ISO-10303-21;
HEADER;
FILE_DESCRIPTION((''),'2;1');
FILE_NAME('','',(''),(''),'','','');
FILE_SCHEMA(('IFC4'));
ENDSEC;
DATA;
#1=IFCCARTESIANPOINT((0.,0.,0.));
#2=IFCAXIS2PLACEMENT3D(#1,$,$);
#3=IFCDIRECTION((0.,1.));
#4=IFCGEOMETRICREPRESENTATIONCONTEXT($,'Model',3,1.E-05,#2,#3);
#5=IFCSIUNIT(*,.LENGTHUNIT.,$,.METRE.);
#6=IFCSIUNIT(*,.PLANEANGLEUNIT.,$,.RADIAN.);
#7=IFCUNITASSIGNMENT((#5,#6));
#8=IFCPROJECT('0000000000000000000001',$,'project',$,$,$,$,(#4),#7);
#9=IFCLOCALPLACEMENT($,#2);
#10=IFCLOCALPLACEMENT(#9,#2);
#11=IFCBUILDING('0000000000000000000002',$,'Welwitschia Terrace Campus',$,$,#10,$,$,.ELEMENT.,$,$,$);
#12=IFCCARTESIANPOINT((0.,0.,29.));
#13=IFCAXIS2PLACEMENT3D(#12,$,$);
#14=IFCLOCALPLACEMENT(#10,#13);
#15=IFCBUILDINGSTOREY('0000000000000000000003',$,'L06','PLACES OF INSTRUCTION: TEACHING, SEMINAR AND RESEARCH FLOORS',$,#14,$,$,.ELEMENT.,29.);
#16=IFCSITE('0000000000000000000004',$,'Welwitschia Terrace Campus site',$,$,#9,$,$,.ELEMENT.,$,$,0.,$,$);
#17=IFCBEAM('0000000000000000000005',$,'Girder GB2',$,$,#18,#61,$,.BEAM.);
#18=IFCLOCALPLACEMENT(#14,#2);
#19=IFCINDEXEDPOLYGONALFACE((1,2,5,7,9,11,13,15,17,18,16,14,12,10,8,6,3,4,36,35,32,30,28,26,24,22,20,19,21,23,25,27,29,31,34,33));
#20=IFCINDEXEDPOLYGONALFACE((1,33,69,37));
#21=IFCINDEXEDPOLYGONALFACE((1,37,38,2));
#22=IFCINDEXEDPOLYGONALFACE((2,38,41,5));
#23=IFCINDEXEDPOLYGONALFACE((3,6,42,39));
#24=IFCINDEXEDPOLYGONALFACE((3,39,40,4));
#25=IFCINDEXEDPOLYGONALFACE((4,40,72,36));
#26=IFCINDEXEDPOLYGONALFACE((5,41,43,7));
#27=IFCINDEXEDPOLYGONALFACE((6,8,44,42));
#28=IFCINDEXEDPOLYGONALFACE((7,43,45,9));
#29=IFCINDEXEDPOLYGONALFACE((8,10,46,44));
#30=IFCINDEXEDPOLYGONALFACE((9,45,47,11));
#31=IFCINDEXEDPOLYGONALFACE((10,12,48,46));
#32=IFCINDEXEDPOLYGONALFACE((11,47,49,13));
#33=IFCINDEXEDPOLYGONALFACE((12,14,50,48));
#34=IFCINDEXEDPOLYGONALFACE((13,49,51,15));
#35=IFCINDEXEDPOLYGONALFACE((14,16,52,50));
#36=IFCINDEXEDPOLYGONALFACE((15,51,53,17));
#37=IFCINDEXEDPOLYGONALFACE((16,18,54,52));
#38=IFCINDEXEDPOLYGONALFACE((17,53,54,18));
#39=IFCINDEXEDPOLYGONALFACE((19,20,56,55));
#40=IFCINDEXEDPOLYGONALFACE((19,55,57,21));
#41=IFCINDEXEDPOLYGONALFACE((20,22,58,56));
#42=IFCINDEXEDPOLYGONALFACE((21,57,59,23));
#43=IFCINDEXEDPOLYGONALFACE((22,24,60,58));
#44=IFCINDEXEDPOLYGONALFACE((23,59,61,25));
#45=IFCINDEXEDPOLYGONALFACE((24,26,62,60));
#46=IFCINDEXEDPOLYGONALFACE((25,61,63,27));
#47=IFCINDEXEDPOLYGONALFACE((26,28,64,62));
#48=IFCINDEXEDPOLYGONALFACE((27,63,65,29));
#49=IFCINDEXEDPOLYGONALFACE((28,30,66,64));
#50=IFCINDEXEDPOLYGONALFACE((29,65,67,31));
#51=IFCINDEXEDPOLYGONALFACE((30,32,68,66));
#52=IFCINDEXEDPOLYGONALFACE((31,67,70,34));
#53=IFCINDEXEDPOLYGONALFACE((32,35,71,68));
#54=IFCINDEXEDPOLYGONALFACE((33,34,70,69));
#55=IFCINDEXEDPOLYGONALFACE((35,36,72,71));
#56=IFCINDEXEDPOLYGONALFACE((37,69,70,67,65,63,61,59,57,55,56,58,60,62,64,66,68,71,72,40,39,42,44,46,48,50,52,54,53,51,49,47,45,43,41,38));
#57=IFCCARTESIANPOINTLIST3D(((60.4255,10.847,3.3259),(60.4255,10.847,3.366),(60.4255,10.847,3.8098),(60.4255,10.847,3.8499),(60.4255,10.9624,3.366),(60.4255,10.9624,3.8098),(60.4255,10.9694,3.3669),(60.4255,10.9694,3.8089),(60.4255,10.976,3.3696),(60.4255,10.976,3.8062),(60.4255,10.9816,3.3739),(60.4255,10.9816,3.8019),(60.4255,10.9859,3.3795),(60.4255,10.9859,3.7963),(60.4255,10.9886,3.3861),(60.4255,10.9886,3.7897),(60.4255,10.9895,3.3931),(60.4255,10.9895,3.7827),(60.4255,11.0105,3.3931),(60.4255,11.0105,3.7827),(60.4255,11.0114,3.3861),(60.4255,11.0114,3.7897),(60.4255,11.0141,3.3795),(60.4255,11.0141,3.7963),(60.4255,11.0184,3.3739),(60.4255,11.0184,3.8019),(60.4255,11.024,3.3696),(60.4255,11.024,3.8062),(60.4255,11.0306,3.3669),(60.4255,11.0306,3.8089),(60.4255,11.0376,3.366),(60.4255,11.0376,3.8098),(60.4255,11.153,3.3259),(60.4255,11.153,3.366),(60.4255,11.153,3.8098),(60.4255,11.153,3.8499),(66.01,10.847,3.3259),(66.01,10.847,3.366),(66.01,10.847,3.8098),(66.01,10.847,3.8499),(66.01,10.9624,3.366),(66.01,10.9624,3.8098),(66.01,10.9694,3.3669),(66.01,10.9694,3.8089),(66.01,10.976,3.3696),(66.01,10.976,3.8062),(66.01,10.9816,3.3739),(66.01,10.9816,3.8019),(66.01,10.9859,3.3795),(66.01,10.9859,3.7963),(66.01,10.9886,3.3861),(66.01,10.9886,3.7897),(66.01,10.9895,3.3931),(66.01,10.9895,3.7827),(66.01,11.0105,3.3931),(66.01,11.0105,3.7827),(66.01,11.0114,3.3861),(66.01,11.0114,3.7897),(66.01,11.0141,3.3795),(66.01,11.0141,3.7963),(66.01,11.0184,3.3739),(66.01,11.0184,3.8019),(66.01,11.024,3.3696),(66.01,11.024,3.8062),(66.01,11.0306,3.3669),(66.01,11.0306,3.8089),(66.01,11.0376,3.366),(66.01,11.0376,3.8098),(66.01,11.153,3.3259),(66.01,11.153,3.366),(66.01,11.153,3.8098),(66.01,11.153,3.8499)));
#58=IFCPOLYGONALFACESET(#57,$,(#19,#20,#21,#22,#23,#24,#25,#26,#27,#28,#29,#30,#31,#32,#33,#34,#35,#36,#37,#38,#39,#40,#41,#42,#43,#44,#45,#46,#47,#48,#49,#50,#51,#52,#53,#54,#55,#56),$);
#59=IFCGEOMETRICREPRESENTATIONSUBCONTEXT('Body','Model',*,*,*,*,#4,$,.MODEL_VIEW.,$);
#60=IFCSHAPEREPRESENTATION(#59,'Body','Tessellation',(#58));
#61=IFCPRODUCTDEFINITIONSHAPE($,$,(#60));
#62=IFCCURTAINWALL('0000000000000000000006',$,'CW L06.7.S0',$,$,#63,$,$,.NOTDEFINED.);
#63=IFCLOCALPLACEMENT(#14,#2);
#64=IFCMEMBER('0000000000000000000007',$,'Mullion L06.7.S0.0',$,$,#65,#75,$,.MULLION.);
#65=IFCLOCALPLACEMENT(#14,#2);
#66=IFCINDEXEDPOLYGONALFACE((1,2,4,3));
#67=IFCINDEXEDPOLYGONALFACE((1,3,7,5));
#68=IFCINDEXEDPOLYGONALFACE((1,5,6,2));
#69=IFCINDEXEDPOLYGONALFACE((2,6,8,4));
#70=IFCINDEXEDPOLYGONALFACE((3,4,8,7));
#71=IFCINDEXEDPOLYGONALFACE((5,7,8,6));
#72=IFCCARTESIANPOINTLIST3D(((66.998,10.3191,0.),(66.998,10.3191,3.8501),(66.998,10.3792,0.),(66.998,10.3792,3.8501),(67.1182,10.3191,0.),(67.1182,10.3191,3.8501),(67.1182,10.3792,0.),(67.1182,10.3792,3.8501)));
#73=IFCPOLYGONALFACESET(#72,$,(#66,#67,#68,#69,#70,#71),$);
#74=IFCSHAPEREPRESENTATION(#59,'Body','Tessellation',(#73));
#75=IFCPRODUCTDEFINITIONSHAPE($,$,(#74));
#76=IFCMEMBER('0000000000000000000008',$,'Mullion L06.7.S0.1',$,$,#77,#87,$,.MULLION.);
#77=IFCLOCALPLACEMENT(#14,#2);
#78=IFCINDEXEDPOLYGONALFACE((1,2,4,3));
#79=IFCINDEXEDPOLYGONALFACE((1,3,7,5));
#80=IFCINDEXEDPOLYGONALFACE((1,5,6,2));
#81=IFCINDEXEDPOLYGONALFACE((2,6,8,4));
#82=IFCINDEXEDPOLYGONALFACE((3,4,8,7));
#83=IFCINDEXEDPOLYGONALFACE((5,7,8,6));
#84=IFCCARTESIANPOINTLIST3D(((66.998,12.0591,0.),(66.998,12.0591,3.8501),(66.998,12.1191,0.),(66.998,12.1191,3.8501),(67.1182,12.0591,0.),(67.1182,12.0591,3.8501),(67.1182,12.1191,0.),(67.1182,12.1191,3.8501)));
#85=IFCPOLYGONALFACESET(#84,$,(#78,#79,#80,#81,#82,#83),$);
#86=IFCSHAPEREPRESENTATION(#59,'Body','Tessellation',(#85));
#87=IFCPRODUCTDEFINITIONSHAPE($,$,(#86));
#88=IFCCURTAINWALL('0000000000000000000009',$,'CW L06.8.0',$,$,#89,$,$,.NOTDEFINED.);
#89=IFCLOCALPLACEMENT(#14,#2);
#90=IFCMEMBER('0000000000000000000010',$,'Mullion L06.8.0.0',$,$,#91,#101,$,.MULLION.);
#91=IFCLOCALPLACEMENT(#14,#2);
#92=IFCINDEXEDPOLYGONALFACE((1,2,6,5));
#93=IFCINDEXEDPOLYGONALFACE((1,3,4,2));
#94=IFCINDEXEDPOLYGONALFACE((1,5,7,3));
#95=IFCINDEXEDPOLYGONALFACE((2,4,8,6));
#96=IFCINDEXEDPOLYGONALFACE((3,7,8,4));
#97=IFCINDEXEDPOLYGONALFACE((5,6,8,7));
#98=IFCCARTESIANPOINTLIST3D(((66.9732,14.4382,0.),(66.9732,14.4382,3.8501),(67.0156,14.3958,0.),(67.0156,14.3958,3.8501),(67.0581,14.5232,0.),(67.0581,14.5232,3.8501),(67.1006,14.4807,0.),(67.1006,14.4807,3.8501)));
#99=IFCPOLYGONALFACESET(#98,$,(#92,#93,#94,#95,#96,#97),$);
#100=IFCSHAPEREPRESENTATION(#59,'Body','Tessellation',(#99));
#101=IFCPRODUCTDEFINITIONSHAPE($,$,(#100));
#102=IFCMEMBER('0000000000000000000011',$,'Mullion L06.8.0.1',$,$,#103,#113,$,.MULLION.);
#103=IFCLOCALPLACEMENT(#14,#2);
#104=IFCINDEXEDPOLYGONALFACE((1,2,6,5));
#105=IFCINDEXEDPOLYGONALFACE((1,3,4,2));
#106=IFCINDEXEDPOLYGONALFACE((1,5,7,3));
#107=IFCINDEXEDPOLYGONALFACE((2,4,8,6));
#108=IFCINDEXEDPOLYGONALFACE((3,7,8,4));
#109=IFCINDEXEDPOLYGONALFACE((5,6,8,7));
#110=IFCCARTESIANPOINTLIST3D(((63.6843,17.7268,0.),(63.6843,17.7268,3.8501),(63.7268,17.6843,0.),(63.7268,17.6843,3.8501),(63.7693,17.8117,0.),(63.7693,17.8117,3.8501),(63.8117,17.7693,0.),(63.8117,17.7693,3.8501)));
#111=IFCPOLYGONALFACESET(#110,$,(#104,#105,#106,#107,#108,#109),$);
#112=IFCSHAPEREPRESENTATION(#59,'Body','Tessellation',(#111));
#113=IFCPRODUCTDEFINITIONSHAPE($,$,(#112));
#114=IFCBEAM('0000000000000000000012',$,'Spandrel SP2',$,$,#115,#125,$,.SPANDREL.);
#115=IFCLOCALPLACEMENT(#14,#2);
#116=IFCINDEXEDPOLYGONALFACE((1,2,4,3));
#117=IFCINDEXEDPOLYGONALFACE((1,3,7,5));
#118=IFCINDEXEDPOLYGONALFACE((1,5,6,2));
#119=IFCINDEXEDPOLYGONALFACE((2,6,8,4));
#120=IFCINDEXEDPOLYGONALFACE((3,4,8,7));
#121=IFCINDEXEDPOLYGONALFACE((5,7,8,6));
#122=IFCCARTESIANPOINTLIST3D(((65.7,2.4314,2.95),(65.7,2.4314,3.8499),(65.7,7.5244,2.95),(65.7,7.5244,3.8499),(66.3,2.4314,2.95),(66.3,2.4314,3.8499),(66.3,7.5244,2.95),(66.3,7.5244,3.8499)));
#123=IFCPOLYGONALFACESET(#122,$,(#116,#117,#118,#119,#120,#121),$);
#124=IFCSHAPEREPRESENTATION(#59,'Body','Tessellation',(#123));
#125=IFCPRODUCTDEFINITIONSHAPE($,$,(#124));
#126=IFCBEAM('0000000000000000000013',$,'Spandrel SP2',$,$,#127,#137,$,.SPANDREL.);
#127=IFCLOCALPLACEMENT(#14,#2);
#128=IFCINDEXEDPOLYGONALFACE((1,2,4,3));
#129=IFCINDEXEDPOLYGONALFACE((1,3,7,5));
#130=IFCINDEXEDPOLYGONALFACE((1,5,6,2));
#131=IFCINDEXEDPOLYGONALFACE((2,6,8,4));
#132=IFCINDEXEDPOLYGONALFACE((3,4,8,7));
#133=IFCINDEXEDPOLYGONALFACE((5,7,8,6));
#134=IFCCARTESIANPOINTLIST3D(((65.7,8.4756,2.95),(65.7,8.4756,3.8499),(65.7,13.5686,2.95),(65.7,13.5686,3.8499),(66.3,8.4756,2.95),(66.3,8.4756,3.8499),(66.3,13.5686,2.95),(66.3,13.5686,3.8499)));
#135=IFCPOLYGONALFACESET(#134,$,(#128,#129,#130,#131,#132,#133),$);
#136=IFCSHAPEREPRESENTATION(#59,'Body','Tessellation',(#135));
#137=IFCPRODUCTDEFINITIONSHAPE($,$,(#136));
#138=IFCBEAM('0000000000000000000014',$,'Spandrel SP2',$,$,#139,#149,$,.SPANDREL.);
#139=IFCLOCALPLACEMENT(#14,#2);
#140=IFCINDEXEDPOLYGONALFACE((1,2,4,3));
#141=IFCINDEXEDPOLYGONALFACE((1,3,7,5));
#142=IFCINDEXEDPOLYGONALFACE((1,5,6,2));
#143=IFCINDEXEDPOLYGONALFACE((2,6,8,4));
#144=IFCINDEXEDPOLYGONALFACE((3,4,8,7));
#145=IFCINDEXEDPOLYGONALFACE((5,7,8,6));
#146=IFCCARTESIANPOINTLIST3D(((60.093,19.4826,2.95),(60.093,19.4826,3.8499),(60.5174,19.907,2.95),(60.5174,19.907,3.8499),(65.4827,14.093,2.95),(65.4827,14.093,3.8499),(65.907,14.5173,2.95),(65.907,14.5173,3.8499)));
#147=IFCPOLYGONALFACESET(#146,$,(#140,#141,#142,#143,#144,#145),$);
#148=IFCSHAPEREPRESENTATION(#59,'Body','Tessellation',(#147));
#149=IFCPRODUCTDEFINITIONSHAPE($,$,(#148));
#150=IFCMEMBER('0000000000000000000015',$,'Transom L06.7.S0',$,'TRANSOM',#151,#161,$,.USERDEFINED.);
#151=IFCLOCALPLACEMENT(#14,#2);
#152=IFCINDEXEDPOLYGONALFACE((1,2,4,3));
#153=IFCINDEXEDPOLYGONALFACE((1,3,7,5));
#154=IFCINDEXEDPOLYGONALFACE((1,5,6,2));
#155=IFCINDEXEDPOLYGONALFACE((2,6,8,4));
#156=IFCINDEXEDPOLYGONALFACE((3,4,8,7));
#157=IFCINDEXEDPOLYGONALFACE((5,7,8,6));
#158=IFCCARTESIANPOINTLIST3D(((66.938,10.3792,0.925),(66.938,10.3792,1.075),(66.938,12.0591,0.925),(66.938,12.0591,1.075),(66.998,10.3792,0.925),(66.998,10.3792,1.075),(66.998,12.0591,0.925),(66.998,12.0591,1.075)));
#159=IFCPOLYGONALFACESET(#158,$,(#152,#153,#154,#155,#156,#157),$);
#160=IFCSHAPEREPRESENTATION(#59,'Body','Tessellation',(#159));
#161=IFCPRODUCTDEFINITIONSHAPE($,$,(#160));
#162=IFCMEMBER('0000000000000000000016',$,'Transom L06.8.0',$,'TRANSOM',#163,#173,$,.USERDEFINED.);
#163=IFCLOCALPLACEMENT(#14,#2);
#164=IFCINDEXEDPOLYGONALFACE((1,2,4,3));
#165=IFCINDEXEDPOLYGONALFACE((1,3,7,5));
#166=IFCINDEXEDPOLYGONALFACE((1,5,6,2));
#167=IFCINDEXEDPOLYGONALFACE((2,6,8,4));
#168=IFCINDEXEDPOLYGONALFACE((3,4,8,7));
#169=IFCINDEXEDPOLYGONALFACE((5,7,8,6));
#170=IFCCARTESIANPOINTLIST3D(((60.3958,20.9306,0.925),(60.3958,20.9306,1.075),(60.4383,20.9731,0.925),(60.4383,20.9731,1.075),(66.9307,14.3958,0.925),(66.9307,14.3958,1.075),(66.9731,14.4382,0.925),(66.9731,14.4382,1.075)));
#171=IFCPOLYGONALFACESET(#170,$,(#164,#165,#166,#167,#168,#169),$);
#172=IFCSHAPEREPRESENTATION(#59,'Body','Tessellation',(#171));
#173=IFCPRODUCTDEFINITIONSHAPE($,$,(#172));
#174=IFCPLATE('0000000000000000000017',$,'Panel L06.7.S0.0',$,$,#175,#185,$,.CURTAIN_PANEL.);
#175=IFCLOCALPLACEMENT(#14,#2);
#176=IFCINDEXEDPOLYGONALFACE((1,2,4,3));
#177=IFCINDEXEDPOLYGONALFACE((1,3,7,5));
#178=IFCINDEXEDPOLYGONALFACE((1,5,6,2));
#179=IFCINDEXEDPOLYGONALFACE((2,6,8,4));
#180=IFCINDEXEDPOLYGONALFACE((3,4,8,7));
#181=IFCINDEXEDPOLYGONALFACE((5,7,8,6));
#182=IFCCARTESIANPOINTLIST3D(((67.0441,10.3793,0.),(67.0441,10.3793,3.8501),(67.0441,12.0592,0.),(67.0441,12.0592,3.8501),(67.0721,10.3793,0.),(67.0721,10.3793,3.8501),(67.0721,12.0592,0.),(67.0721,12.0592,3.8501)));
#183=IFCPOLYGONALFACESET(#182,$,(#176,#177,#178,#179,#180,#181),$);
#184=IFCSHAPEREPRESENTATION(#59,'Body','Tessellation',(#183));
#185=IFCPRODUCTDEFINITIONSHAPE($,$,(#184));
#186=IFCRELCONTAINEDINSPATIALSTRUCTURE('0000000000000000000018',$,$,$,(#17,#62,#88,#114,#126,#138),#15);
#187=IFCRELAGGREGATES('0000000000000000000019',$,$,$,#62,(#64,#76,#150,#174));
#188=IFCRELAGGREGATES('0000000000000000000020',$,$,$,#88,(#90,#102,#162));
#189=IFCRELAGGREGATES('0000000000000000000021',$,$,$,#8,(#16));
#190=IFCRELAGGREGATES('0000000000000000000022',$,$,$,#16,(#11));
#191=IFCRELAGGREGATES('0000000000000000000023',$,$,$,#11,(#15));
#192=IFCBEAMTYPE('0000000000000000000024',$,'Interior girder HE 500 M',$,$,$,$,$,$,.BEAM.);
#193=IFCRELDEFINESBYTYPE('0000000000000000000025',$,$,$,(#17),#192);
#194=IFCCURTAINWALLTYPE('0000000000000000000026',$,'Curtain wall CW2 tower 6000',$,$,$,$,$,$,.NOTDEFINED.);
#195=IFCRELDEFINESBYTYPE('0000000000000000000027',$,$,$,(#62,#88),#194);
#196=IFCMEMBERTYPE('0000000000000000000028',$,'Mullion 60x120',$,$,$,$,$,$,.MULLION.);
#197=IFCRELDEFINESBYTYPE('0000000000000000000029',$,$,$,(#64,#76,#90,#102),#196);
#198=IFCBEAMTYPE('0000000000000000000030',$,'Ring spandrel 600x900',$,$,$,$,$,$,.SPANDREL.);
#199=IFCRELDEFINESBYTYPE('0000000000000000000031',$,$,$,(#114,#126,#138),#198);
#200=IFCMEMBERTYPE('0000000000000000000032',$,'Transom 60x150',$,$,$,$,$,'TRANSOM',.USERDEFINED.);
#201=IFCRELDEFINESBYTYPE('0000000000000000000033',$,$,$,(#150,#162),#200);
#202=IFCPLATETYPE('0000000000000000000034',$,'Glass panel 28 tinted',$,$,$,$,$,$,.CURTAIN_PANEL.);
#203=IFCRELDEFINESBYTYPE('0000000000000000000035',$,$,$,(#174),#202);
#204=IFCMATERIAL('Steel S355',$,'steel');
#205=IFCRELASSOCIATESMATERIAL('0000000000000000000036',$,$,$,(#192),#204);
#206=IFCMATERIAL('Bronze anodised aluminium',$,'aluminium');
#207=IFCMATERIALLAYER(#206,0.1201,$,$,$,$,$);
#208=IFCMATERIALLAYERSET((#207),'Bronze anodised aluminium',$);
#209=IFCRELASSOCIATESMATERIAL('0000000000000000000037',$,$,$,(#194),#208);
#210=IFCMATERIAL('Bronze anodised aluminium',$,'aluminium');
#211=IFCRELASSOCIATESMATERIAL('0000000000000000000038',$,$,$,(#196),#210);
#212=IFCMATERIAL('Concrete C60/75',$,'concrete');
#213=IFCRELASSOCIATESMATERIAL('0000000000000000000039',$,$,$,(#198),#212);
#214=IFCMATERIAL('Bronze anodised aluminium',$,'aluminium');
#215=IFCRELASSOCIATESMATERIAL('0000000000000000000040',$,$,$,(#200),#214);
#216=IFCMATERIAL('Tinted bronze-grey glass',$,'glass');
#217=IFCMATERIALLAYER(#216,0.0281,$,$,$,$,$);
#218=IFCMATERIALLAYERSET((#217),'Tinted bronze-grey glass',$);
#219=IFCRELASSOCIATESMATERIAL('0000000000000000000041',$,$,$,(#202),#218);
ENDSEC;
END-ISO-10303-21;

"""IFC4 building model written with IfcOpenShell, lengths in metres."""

from ifc_helpers import new_model, si_unit, direction, frame, origin, origin_2d, place, context, subcontext, project, spatial, rectangle, i_section, extrude, material, layer, layer_set, material_profile, profile_set, type_object, element, aggregate, save


model = new_model("IFC4")

# Units and contexts
model_context = context("Model", 3, precision=1e-05, world=origin(), true_north=direction((0.0, 1.0)))
body_context = subcontext(model_context, "Body", "Model", "MODEL_VIEW")
ifc_project = project(units=[si_unit("LENGTHUNIT", "METRE"), si_unit("PLANEANGLEUNIT", "RADIAN")], contexts=[model_context])

# Site, building, storey
site_placement = place(None, origin())
site = spatial("IfcSite", under=ifc_project, at=site_placement, Name="Welwitschia Terrace Campus site", CompositionType="ELEMENT", RefElevation=0.0)
building_placement = place(site_placement, origin())
building = spatial("IfcBuilding", under=site, at=building_placement, Name="Welwitschia Terrace Campus", CompositionType="ELEMENT")
storey_placement = place(building_placement, frame((0.0, 0.0, 29.0)))
storey = spatial("IfcBuildingStorey", under=building, at=storey_placement, Name="L06", Description="PLACES OF INSTRUCTION: TEACHING, SEMINAR AND RESEARCH FLOORS", CompositionType="ELEMENT", Elevation=29.0)

# Beam
ifc_material_1 = material(Name="Steel S355", Category="steel")
ifc_material_profile_1 = material_profile(ifc_material_1, i_section(OverallWidth=0.3059, OverallDepth=0.5239, WebThickness=0.021, FlangeThickness=0.04, FilletRadius=0.0271, at=origin_2d()))
ifc_profile_set_1 = profile_set([ifc_material_profile_1], Name="Steel S355")
beam_type_1 = type_object("IfcBeamType", Name="Interior girder HE 500 M", PredefinedType="BEAM", material=ifc_profile_set_1)
for number, where, z_axis, x_axis, name in (
    (1, (60.4255, 11.0, 3.5879), (1.0, 0.0, 0.0), (0.0, 1.0, 0.0), "Girder GB2"),
):
    element("IfcBeam", number, at=place(storey_placement, frame(where, z_axis=z_axis, x_axis=x_axis)), inside=storey, type_object=beam_type_1, Name=name, PredefinedType="BEAM", context=body_context, shape_type="SweptSolid", body=[
        extrude(i_section(OverallWidth=0.3059, OverallDepth=0.5239, WebThickness=0.021, FlangeThickness=0.04, FilletRadius=0.0271, at=origin_2d()), origin(), (0.0, 0.0, 1.0), 5.5845),
    ])

# Curtain walls, members
ifc_material_2 = material(Name="Bronze anodised aluminium", Category="aluminium")
ifc_layer_1 = layer(ifc_material_2, 0.1201)
ifc_layer_set_1 = layer_set([ifc_layer_1], Name="Bronze anodised aluminium")
curtain_wall_type = type_object("IfcCurtainWallType", Name="Curtain wall CW2 tower 6000", PredefinedType="NOTDEFINED", material=ifc_layer_set_1)
curtain_wall_1_placement = place(storey_placement, origin())
curtain_wall_1 = element("IfcCurtainWall", 2, at=curtain_wall_1_placement, inside=storey, type_object=curtain_wall_type, Name="CW L06.7.S0", PredefinedType="NOTDEFINED")
ifc_material_3 = material(Name="Bronze anodised aluminium", Category="aluminium")
ifc_material_profile_2 = material_profile(ifc_material_3, rectangle(XDim=0.1201, YDim=0.0601, at=origin_2d()))
ifc_profile_set_2 = profile_set([ifc_material_profile_2], Name="Bronze anodised aluminium")
member_type_1 = type_object("IfcMemberType", Name="Mullion 60x120", PredefinedType="MULLION", material=ifc_profile_set_2)
member_1_placement = place(storey_placement, frame((67.0581, 10.3491, 0.0), z_axis=(0.0, 0.0, 1.0), x_axis=(-1.0, 0.0, 0.0)))
member_1 = element("IfcMember", 3, at=member_1_placement, type_object=member_type_1, Name="Mullion L06.7.S0.0", PredefinedType="MULLION", context=body_context, shape_type="SweptSolid", body=[
    extrude(rectangle(XDim=0.1201, YDim=0.0601, at=origin_2d()), origin(), (0.0, 0.0, 1.0), 3.8501),
])
member_2_placement = place(storey_placement, frame((67.0581, 12.0891, 0.0), z_axis=(0.0, 0.0, 1.0), x_axis=(-1.0, 0.0, 0.0)))
member_2 = element("IfcMember", 4, at=member_2_placement, type_object=member_type_1, Name="Mullion L06.7.S0.1", PredefinedType="MULLION", context=body_context, shape_type="SweptSolid", body=[
    extrude(rectangle(XDim=0.1201, YDim=0.0601, at=origin_2d()), origin(), (0.0, 0.0, 1.0), 3.8501),
])
curtain_wall_2_placement = place(storey_placement, origin())
curtain_wall_2 = element("IfcCurtainWall", 5, at=curtain_wall_2_placement, inside=storey, type_object=curtain_wall_type, Name="CW L06.8.0", PredefinedType="NOTDEFINED")
member_3_placement = place(storey_placement, frame((67.0369, 14.4595, 0.0), z_axis=(0.0, 0.0, 1.0), x_axis=(-0.707107, -0.707107, 0.0)))
member_3 = element("IfcMember", 6, at=member_3_placement, type_object=member_type_1, Name="Mullion L06.8.0.0", PredefinedType="MULLION", context=body_context, shape_type="SweptSolid", body=[
    extrude(rectangle(XDim=0.1201, YDim=0.0601, at=origin_2d()), origin(), (0.0, 0.0, 1.0), 3.8501),
])
member_4_placement = place(storey_placement, frame((63.748, 17.748, 0.0), z_axis=(0.0, 0.0, 1.0), x_axis=(-0.707107, -0.707107, 0.0)))
member_4 = element("IfcMember", 7, at=member_4_placement, type_object=member_type_1, Name="Mullion L06.8.0.1", PredefinedType="MULLION", context=body_context, shape_type="SweptSolid", body=[
    extrude(rectangle(XDim=0.1201, YDim=0.0601, at=origin_2d()), origin(), (0.0, 0.0, 1.0), 3.8501),
])

# Beams
ifc_material_4 = material(Name="Concrete C60/75", Category="concrete")
ifc_material_profile_3 = material_profile(ifc_material_4, rectangle(XDim=0.6001, YDim=0.8999, at=origin_2d()))
ifc_profile_set_3 = profile_set([ifc_material_profile_3], Name="Concrete C60/75")
beam_type_2 = type_object("IfcBeamType", Name="Ring spandrel 600x900", PredefinedType="SPANDREL", material=ifc_profile_set_3)
for number, where, z_axis, x_axis, name in (
    (8, (66.0, 2.4314, 3.3999), (0.0, 1.0, 0.0), (-1.0, 0.0, 0.0), "Spandrel SP2"),
    (9, (66.0, 8.4756, 3.3999), (0.0, 1.0, 0.0), (-1.0, 0.0, 0.0), "Spandrel SP2"),
):
    element("IfcBeam", number, at=place(storey_placement, frame(where, z_axis=z_axis, x_axis=x_axis)), inside=storey, type_object=beam_type_2, Name=name, PredefinedType="SPANDREL", context=body_context, shape_type="SweptSolid", body=[
        extrude(rectangle(XDim=0.6001, YDim=0.8999, at=origin_2d()), origin(), (0.0, 0.0, 1.0), 5.093),
    ])
beam_placement = place(storey_placement, frame((65.6948, 14.3052, 3.3999), z_axis=(-0.707107, 0.707107, 0.0), x_axis=(-0.707107, -0.707107, 0.0)))
element("IfcBeam", 10, at=beam_placement, inside=storey, type_object=beam_type_2, Name="Spandrel SP2", PredefinedType="SPANDREL", context=body_context, shape_type="SweptSolid", body=[
    extrude(rectangle(XDim=0.6001, YDim=0.8999, at=origin_2d()), origin(), (0.0, 0.0, 1.0), 7.6221),
])

# Members
ifc_material_5 = material(Name="Bronze anodised aluminium", Category="aluminium")
ifc_material_profile_4 = material_profile(ifc_material_5, rectangle(XDim=0.0601, YDim=0.1499, at=origin_2d()))
ifc_profile_set_4 = profile_set([ifc_material_profile_4], Name="Bronze anodised aluminium")
member_type_2 = type_object("IfcMemberType", Name="Transom 60x150", ElementType="TRANSOM", PredefinedType="USERDEFINED", material=ifc_profile_set_4)
member_5_placement = place(storey_placement, frame((66.968, 10.3792, 1.0), z_axis=(0.0, 1.0, 0.0), x_axis=(-1.0, 0.0, 0.0)))
member_5 = element("IfcMember", 11, at=member_5_placement, type_object=member_type_2, Name="Transom L06.7.S0", ObjectType="TRANSOM", PredefinedType="USERDEFINED", context=body_context, shape_type="SweptSolid", body=[
    extrude(rectangle(XDim=0.0601, YDim=0.1499, at=origin_2d()), origin(), (0.0, 0.0, 1.0), 1.6799),
])
member_6_placement = place(storey_placement, frame((66.9519, 14.417, 1.0), z_axis=(-0.707107, 0.707107, 0.0), x_axis=(-0.707107, -0.707107, 0.0)))
member_6 = element("IfcMember", 12, at=member_6_placement, type_object=member_type_2, Name="Transom L06.8.0", ObjectType="TRANSOM", PredefinedType="USERDEFINED", context=body_context, shape_type="SweptSolid", body=[
    extrude(rectangle(XDim=0.0601, YDim=0.1499, at=origin_2d()), origin(), (0.0, 0.0, 1.0), 9.2417),
])

# Plate
ifc_material_6 = material(Name="Tinted bronze-grey glass", Category="glass")
ifc_layer_2 = layer(ifc_material_6, 0.0281)
ifc_layer_set_2 = layer_set([ifc_layer_2], Name="Tinted bronze-grey glass")
plate_type = type_object("IfcPlateType", Name="Glass panel 28 tinted", PredefinedType="CURTAIN_PANEL", material=ifc_layer_set_2)
plate_1_placement = place(storey_placement, frame((67.0581, 11.2192, 0.0), z_axis=(0.0, 0.0, 1.0), x_axis=(0.0, 1.0, 0.0)))
plate_1 = element("IfcPlate", 13, at=plate_1_placement, type_object=plate_type, Name="Panel L06.7.S0.0", PredefinedType="CURTAIN_PANEL", context=body_context, shape_type="SweptSolid", body=[
    extrude(rectangle(XDim=1.6799, YDim=0.0281, at=origin_2d()), origin(), (0.0, 0.0, 1.0), 3.8501),
])
aggregate(curtain_wall_1, [member_1, member_2, member_5, plate_1])
aggregate(curtain_wall_2, [member_3, member_4, member_6])

save(model, "model.ifc")
